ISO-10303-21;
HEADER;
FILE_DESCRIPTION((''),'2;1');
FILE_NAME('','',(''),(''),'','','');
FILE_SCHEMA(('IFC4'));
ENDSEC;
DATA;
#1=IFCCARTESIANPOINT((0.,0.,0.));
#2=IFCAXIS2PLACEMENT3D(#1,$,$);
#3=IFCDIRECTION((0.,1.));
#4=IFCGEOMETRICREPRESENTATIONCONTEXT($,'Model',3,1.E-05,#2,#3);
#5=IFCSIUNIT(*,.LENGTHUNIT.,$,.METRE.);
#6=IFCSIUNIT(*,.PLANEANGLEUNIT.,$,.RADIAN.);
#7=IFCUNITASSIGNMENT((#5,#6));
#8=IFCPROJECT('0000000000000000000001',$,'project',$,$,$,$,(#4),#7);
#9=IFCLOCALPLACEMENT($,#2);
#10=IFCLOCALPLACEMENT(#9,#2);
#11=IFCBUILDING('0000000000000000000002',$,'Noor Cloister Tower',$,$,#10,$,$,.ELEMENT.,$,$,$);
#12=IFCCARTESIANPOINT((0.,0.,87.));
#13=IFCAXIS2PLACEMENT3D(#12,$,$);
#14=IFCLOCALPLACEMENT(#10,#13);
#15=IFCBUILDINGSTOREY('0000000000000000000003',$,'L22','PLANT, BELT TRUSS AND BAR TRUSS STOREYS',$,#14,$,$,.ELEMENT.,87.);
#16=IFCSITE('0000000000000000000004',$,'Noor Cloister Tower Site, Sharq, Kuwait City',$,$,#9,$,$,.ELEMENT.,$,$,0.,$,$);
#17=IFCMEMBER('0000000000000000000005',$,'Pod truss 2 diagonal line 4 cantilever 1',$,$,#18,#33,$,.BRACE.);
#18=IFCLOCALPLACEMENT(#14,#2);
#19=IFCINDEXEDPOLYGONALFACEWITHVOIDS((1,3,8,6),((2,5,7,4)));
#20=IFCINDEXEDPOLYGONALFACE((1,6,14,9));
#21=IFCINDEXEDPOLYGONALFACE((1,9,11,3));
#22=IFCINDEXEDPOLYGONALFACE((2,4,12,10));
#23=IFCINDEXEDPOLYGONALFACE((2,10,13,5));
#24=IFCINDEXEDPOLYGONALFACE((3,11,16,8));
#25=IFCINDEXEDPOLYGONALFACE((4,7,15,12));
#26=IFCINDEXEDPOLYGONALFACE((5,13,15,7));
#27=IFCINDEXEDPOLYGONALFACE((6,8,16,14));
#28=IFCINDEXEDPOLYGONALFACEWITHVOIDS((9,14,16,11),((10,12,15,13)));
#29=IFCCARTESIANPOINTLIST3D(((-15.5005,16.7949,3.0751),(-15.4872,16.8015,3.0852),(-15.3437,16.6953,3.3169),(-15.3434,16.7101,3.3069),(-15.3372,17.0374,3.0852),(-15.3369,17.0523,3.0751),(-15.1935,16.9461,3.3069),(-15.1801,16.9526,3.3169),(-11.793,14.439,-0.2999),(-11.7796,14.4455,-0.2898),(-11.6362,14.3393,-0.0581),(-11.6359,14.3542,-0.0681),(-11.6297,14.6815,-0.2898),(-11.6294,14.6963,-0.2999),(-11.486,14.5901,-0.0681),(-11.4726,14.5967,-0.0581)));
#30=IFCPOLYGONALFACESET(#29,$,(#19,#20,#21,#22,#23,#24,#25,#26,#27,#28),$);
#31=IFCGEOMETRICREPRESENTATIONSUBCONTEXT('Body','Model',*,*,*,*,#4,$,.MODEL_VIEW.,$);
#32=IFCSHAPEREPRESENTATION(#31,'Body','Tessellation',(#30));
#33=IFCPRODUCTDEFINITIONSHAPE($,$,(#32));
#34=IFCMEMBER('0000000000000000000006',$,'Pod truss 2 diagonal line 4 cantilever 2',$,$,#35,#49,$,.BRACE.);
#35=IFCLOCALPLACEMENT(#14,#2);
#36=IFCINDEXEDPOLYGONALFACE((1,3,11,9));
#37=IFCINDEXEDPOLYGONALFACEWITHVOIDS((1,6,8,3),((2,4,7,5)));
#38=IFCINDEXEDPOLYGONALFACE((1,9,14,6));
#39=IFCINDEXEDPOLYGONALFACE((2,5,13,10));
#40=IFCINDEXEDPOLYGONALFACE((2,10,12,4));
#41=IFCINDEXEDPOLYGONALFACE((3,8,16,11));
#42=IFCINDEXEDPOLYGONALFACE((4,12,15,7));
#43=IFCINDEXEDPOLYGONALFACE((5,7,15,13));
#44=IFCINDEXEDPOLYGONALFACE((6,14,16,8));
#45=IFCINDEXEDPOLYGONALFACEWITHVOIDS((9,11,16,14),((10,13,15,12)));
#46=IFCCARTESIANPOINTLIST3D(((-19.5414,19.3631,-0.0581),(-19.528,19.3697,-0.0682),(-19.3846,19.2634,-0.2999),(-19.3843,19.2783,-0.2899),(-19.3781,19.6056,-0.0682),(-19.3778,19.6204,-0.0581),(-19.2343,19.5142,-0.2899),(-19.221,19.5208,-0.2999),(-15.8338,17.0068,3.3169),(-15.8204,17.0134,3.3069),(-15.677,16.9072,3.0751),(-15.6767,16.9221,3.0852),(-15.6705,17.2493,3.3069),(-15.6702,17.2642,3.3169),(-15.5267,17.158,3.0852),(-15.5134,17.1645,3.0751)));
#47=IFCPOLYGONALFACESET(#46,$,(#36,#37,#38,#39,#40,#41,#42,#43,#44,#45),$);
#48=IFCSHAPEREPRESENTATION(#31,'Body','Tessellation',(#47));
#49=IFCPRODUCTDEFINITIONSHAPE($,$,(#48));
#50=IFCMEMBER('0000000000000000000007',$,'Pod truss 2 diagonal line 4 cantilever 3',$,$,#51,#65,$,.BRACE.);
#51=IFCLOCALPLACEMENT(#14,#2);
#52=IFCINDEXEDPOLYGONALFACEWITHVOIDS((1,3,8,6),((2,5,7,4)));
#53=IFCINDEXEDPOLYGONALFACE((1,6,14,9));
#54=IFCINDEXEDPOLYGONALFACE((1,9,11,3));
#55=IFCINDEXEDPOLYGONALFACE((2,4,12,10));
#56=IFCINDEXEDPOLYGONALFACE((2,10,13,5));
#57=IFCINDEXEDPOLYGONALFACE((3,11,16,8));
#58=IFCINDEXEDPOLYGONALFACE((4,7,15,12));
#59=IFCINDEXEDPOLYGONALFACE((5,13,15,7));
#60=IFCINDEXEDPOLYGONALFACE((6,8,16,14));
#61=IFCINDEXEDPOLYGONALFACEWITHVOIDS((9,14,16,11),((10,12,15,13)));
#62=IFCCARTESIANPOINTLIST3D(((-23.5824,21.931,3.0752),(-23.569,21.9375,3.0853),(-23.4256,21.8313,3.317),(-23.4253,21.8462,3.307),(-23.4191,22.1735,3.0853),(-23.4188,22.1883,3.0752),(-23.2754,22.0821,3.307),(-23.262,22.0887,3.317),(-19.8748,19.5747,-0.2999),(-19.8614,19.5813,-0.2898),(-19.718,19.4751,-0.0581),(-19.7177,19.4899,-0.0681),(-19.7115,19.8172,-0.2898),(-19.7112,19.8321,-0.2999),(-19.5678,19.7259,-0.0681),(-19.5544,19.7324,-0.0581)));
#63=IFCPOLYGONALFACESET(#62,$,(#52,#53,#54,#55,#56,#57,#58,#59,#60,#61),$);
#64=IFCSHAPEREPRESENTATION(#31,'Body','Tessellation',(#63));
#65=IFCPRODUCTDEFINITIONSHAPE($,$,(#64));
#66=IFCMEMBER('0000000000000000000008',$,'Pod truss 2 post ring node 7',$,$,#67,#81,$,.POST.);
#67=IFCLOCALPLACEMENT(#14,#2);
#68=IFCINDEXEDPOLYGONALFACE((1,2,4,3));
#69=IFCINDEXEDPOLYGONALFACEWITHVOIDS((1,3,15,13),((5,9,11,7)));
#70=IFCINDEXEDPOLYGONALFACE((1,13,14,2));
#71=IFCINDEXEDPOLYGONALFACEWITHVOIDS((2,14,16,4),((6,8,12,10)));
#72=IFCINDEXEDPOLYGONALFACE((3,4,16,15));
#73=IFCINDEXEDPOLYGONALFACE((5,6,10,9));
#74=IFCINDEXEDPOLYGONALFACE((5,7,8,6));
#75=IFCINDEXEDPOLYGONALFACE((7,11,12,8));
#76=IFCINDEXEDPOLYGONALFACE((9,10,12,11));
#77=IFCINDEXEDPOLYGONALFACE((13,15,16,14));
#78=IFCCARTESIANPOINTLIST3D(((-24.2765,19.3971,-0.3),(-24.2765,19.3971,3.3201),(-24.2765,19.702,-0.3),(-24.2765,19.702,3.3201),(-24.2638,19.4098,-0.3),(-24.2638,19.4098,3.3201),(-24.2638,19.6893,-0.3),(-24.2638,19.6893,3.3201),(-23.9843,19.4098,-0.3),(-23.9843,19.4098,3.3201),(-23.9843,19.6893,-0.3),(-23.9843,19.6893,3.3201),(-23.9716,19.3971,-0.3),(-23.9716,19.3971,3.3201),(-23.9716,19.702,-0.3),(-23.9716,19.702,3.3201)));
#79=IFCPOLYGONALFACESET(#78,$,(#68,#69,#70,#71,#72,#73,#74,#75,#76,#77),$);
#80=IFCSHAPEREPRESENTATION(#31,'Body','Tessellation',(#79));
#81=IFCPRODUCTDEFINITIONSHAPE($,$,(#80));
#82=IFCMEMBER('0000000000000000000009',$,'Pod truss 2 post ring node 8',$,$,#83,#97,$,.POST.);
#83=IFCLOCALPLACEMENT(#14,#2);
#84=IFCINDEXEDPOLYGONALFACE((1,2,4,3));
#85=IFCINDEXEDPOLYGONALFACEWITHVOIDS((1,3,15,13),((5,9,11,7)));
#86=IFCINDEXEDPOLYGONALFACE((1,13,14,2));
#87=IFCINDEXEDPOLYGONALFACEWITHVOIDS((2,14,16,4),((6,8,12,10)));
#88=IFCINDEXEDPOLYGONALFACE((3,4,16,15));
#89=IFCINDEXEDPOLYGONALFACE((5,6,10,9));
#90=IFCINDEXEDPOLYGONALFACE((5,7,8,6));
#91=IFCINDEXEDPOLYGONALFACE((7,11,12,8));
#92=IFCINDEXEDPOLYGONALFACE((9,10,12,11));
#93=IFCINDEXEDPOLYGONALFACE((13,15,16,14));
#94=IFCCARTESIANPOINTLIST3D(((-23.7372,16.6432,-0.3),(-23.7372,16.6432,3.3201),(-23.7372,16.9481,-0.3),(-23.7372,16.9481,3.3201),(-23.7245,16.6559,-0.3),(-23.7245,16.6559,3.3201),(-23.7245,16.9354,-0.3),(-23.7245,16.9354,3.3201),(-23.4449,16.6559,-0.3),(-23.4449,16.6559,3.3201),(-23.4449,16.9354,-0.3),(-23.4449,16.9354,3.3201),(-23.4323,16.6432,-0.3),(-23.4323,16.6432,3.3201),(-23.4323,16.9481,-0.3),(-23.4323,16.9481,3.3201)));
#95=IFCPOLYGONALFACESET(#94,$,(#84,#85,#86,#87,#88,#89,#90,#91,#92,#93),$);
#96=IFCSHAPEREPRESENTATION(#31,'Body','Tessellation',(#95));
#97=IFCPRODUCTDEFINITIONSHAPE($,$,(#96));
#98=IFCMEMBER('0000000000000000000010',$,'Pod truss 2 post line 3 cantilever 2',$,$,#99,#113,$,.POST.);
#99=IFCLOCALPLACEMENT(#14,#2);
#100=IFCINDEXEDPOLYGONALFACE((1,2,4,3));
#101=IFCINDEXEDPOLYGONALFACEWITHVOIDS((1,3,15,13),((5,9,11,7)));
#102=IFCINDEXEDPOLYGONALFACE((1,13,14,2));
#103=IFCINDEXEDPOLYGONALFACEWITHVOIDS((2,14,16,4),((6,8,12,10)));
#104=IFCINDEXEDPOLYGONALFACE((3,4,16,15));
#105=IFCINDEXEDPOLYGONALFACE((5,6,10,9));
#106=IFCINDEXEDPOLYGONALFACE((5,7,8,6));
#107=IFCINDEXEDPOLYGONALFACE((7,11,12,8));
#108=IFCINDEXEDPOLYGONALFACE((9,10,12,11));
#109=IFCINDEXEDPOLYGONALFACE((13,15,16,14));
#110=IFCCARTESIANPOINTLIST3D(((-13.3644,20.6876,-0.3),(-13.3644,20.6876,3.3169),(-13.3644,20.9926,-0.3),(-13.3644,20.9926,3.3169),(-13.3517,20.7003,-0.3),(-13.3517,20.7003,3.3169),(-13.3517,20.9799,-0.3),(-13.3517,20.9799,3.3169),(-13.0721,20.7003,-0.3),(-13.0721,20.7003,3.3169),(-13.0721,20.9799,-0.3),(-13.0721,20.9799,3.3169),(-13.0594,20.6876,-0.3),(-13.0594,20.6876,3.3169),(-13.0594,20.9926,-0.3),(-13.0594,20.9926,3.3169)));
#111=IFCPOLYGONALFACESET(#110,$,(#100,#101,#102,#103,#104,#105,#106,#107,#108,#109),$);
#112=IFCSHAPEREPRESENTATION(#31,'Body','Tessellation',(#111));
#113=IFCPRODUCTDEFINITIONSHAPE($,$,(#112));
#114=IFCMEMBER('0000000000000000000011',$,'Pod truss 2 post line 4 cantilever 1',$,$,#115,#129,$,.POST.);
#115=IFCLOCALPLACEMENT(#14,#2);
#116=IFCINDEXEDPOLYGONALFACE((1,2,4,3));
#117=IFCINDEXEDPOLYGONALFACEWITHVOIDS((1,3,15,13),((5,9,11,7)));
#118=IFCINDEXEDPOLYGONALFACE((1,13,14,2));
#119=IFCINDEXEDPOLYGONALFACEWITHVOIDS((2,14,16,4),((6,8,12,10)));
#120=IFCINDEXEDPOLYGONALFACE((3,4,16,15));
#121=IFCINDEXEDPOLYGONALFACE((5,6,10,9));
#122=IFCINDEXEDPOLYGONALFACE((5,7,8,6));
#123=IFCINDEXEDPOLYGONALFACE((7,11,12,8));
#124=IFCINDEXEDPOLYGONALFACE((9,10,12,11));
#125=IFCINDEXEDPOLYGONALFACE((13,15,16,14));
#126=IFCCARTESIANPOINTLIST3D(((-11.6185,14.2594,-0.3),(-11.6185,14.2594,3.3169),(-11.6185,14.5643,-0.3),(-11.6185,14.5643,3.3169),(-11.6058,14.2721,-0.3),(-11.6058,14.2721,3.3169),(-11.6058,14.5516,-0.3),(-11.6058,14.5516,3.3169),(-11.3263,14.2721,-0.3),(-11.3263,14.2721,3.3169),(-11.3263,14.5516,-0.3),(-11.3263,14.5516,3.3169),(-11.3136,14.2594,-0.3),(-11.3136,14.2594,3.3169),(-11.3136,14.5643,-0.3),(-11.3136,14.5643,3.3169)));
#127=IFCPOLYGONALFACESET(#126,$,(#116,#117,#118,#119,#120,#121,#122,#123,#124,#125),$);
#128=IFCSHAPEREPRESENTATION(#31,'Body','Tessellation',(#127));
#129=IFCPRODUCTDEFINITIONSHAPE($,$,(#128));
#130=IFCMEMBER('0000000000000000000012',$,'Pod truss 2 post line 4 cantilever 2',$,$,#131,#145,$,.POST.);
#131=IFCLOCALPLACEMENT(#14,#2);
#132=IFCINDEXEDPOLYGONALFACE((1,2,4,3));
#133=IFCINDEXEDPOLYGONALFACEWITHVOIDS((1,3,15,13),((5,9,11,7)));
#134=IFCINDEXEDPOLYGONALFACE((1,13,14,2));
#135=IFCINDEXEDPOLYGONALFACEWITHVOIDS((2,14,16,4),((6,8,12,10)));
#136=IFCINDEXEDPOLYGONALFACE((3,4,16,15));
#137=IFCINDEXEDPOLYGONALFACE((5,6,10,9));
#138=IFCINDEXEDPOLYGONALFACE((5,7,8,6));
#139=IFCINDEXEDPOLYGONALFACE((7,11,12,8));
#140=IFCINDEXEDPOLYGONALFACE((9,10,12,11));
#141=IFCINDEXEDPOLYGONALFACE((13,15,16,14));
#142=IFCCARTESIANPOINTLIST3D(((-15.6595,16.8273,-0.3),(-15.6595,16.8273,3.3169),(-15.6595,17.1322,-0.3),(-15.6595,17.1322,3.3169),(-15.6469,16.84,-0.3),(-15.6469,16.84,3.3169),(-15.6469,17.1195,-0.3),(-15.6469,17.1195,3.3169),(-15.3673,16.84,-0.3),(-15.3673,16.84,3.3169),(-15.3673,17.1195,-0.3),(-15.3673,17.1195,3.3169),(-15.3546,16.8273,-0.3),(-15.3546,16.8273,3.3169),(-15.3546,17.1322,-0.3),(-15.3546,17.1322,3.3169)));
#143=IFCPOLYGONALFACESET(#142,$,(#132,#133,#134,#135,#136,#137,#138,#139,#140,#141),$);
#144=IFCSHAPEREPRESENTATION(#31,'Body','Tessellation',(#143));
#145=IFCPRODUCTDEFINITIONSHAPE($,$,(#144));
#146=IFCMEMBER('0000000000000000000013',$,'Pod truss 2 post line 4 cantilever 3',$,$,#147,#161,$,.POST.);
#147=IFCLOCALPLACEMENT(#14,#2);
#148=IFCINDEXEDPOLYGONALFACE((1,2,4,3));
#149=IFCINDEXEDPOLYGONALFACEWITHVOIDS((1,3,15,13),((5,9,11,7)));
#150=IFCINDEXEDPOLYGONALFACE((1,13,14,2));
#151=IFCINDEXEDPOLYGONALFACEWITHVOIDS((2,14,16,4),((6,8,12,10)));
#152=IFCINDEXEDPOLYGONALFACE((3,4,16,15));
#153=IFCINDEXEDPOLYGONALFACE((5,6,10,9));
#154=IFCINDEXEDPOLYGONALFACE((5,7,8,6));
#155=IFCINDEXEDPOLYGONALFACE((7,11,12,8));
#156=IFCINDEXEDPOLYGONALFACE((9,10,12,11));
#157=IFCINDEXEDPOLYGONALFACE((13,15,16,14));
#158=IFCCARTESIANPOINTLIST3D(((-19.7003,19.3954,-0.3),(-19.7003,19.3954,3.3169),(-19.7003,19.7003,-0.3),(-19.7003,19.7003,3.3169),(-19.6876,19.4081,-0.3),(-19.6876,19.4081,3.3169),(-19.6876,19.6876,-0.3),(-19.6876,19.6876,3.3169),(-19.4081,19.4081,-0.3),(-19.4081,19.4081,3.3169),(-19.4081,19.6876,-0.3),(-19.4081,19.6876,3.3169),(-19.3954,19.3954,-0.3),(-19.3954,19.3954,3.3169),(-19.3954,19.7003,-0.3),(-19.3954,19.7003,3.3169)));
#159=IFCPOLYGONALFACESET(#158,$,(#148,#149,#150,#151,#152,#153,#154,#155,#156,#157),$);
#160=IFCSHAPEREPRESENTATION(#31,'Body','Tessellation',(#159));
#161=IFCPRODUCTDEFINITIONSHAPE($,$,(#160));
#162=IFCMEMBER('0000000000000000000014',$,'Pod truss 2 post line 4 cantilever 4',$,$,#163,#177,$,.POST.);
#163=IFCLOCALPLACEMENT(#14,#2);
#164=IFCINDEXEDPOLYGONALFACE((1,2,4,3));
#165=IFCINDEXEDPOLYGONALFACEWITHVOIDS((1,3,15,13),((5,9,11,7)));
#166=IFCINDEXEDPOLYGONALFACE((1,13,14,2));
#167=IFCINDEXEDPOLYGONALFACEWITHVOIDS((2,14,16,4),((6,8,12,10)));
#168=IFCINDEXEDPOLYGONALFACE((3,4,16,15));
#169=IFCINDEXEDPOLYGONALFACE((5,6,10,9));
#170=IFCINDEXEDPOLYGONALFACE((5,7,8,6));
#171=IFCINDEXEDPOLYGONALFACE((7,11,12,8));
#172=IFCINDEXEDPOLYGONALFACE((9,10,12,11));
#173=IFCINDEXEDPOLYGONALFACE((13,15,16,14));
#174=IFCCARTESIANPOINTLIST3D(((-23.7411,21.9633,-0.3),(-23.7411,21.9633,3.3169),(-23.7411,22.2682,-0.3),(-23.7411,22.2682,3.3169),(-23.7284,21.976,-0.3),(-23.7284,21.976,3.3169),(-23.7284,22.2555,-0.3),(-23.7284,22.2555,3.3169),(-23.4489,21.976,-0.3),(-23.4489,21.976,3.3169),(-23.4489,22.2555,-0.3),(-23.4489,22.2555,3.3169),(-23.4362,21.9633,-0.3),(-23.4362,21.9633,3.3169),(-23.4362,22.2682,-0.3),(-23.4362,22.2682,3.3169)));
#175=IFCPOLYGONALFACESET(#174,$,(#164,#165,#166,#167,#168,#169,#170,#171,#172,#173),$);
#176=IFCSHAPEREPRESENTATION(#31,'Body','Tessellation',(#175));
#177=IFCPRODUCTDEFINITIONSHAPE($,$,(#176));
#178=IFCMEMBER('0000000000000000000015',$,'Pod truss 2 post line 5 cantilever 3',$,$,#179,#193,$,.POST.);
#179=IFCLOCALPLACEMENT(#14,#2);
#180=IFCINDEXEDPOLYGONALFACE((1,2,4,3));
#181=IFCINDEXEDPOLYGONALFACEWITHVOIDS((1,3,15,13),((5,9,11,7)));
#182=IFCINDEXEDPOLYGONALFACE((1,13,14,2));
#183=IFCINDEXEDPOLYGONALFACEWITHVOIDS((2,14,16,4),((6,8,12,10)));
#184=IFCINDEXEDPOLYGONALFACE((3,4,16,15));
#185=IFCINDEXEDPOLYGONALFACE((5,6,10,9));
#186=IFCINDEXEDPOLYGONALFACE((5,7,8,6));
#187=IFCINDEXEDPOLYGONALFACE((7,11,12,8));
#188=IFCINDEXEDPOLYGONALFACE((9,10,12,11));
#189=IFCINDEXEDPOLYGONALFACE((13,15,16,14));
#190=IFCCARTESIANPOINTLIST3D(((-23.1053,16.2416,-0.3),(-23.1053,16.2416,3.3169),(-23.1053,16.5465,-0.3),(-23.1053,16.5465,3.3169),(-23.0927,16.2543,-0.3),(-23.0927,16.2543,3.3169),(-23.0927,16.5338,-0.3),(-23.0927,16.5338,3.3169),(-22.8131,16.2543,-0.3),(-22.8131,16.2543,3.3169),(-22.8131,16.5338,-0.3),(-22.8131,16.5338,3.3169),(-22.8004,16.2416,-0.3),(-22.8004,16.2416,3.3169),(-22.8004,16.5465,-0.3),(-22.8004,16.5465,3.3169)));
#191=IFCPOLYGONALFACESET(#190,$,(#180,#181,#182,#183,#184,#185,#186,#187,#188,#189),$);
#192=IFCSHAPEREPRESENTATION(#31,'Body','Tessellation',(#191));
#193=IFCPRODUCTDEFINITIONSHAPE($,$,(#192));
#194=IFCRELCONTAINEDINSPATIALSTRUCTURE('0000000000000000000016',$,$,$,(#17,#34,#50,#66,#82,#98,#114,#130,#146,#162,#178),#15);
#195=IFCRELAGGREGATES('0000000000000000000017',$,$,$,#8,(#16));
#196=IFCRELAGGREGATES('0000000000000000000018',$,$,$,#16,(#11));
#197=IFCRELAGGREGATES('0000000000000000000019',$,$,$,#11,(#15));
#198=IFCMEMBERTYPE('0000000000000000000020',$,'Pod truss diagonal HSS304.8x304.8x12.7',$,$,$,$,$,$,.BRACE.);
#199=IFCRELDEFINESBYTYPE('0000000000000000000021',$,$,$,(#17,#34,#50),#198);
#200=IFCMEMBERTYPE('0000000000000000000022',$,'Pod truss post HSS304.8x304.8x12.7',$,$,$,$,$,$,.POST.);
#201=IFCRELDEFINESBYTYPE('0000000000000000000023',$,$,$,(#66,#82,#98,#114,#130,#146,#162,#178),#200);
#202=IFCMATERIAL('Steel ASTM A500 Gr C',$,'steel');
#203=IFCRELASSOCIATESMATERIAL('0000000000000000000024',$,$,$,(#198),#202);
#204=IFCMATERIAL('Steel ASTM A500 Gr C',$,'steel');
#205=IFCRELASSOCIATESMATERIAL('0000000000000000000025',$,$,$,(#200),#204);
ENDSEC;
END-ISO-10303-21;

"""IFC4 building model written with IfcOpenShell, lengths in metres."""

from ifc_helpers import new_model, si_unit, direction, frame, origin, origin_2d, place, context, subcontext, project, spatial, hollow_rectangle, extrude, material, material_profile, profile_set, type_object, element, save


model = new_model("IFC4")

# Units and contexts
model_context = context("Model", 3, precision=1e-05, world=origin(), true_north=direction((0.0, 1.0)))
body_context = subcontext(model_context, "Body", "Model", "MODEL_VIEW")
ifc_project = project(units=[si_unit("LENGTHUNIT", "METRE"), si_unit("PLANEANGLEUNIT", "RADIAN")], contexts=[model_context])

# Site, building, storey
site_placement = place(None, origin())
site = spatial("IfcSite", under=ifc_project, at=site_placement, Name="Noor Cloister Tower Site, Sharq, Kuwait City", CompositionType="ELEMENT", RefElevation=0.0)
building_placement = place(site_placement, origin())
building = spatial("IfcBuilding", under=site, at=building_placement, Name="Noor Cloister Tower", CompositionType="ELEMENT")
storey_placement = place(building_placement, frame((0.0, 0.0, 87.0)))
storey = spatial("IfcBuildingStorey", under=building, at=storey_placement, Name="L22", Description="PLANT, BELT TRUSS AND BAR TRUSS STOREYS", CompositionType="ELEMENT", Elevation=87.0)

# Members
ifc_material_1 = material(Name="Steel ASTM A500 Gr C", Category="steel")
ifc_material_profile_1 = material_profile(ifc_material_1, hollow_rectangle(XDim=0.3049, YDim=0.3049, WallThickness=0.0127, at=origin_2d()), Name="HSS304.8x304.8x12.7")
ifc_profile_set_1 = profile_set([ifc_material_profile_1], Name="Steel ASTM A500 Gr C")
member_type_1 = type_object("IfcMemberType", Name="Pod truss diagonal HSS304.8x304.8x12.7", PredefinedType="BRACE", material=ifc_profile_set_1)
member_1_placement = place(storey_placement, frame((-11.6328, 14.5178, -0.179), z_axis=(-0.669279, 0.425296, 0.609253), x_axis=(-0.536329, -0.844009, 0.0)))
element("IfcMember", 1, at=member_1_placement, inside=storey, type_object=member_type_1, Name="Pod truss 2 diagonal line 4 cantilever 1", PredefinedType="BRACE", context=body_context, shape_type="SweptSolid", body=[
    extrude(hollow_rectangle(XDim=0.3049, YDim=0.3049, WallThickness=0.0127, at=origin_2d()), origin(), (0.0, 0.0, 1.0), 5.5396),
])
for number, where, z_axis, x_axis, name in (
    (2, (-15.6736, 17.0857, 3.196), (-0.669266, 0.425332, -0.609241), (-0.536368, -0.843984, 0.0), "Pod truss 2 diagonal line 4 cantilever 2"),
    (3, (-19.7146, 19.6536, -0.179), (-0.669266, 0.425332, 0.609241), (-0.536368, -0.843984, 0.0), "Pod truss 2 diagonal line 4 cantilever 3"),
):
    element("IfcMember", number, at=place(storey_placement, frame(where, z_axis=z_axis, x_axis=x_axis)), inside=storey, type_object=member_type_1, Name=name, PredefinedType="BRACE", context=body_context, shape_type="SweptSolid", body=[
        extrude(hollow_rectangle(XDim=0.3049, YDim=0.3049, WallThickness=0.0127, at=origin_2d()), origin(), (0.0, 0.0, 1.0), 5.5398),
    ])
ifc_material_2 = material(Name="Steel ASTM A500 Gr C", Category="steel")
ifc_material_profile_2 = material_profile(ifc_material_2, hollow_rectangle(XDim=0.3049, YDim=0.3049, WallThickness=0.0127, at=origin_2d()), Name="HSS304.8x304.8x12.7")
ifc_profile_set_2 = profile_set([ifc_material_profile_2], Name="Steel ASTM A500 Gr C")
member_type_2 = type_object("IfcMemberType", Name="Pod truss post HSS304.8x304.8x12.7", PredefinedType="POST", material=ifc_profile_set_2)
for number, where, z_axis, x_axis, name in (
    (4, (-24.124, 19.5496, -0.3), (0.0, 0.0, 1.0), (1.0, 0.0, 0.0), "Pod truss 2 post ring node 7"),
    (5, (-23.5847, 16.7957, -0.3), (0.0, 0.0, 1.0), (1.0, 0.0, 0.0), "Pod truss 2 post ring node 8"),
):
    element("IfcMember", number, at=place(storey_placement, frame(where, z_axis=z_axis, x_axis=x_axis)), inside=storey, type_object=member_type_2, Name=name, PredefinedType="POST", context=body_context, shape_type="SweptSolid", body=[
        extrude(hollow_rectangle(XDim=0.3049, YDim=0.3049, WallThickness=0.0127, at=origin_2d()), origin(), (0.0, 0.0, 1.0), 3.6201),
    ])
for number, where, z_axis, x_axis, name in (
    (6, (-13.2119, 20.8401, -0.3), (0.0, 0.0, 1.0), (1.0, 0.0, 0.0), "Pod truss 2 post line 3 cantilever 2"),
    (7, (-11.4661, 14.4119, -0.3), (0.0, 0.0, 1.0), (1.0, 0.0, 0.0), "Pod truss 2 post line 4 cantilever 1"),
    (8, (-15.5071, 16.9797, -0.3), (0.0, 0.0, 1.0), (1.0, 0.0, 0.0), "Pod truss 2 post line 4 cantilever 2"),
    (9, (-19.5479, 19.5479, -0.3), (0.0, 0.0, 1.0), (1.0, 0.0, 0.0), "Pod truss 2 post line 4 cantilever 3"),
    (10, (-23.5886, 22.1157, -0.3), (0.0, 0.0, 1.0), (1.0, 0.0, 0.0), "Pod truss 2 post line 4 cantilever 4"),
    (11, (-22.9529, 16.394, -0.3), (0.0, 0.0, 1.0), (1.0, 0.0, 0.0), "Pod truss 2 post line 5 cantilever 3"),
):
    element("IfcMember", number, at=place(storey_placement, frame(where, z_axis=z_axis, x_axis=x_axis)), inside=storey, type_object=member_type_2, Name=name, PredefinedType="POST", context=body_context, shape_type="SweptSolid", body=[
        extrude(hollow_rectangle(XDim=0.3049, YDim=0.3049, WallThickness=0.0127, at=origin_2d()), origin(), (0.0, 0.0, 1.0), 3.6169),
    ])

save(model, "model.ifc")
